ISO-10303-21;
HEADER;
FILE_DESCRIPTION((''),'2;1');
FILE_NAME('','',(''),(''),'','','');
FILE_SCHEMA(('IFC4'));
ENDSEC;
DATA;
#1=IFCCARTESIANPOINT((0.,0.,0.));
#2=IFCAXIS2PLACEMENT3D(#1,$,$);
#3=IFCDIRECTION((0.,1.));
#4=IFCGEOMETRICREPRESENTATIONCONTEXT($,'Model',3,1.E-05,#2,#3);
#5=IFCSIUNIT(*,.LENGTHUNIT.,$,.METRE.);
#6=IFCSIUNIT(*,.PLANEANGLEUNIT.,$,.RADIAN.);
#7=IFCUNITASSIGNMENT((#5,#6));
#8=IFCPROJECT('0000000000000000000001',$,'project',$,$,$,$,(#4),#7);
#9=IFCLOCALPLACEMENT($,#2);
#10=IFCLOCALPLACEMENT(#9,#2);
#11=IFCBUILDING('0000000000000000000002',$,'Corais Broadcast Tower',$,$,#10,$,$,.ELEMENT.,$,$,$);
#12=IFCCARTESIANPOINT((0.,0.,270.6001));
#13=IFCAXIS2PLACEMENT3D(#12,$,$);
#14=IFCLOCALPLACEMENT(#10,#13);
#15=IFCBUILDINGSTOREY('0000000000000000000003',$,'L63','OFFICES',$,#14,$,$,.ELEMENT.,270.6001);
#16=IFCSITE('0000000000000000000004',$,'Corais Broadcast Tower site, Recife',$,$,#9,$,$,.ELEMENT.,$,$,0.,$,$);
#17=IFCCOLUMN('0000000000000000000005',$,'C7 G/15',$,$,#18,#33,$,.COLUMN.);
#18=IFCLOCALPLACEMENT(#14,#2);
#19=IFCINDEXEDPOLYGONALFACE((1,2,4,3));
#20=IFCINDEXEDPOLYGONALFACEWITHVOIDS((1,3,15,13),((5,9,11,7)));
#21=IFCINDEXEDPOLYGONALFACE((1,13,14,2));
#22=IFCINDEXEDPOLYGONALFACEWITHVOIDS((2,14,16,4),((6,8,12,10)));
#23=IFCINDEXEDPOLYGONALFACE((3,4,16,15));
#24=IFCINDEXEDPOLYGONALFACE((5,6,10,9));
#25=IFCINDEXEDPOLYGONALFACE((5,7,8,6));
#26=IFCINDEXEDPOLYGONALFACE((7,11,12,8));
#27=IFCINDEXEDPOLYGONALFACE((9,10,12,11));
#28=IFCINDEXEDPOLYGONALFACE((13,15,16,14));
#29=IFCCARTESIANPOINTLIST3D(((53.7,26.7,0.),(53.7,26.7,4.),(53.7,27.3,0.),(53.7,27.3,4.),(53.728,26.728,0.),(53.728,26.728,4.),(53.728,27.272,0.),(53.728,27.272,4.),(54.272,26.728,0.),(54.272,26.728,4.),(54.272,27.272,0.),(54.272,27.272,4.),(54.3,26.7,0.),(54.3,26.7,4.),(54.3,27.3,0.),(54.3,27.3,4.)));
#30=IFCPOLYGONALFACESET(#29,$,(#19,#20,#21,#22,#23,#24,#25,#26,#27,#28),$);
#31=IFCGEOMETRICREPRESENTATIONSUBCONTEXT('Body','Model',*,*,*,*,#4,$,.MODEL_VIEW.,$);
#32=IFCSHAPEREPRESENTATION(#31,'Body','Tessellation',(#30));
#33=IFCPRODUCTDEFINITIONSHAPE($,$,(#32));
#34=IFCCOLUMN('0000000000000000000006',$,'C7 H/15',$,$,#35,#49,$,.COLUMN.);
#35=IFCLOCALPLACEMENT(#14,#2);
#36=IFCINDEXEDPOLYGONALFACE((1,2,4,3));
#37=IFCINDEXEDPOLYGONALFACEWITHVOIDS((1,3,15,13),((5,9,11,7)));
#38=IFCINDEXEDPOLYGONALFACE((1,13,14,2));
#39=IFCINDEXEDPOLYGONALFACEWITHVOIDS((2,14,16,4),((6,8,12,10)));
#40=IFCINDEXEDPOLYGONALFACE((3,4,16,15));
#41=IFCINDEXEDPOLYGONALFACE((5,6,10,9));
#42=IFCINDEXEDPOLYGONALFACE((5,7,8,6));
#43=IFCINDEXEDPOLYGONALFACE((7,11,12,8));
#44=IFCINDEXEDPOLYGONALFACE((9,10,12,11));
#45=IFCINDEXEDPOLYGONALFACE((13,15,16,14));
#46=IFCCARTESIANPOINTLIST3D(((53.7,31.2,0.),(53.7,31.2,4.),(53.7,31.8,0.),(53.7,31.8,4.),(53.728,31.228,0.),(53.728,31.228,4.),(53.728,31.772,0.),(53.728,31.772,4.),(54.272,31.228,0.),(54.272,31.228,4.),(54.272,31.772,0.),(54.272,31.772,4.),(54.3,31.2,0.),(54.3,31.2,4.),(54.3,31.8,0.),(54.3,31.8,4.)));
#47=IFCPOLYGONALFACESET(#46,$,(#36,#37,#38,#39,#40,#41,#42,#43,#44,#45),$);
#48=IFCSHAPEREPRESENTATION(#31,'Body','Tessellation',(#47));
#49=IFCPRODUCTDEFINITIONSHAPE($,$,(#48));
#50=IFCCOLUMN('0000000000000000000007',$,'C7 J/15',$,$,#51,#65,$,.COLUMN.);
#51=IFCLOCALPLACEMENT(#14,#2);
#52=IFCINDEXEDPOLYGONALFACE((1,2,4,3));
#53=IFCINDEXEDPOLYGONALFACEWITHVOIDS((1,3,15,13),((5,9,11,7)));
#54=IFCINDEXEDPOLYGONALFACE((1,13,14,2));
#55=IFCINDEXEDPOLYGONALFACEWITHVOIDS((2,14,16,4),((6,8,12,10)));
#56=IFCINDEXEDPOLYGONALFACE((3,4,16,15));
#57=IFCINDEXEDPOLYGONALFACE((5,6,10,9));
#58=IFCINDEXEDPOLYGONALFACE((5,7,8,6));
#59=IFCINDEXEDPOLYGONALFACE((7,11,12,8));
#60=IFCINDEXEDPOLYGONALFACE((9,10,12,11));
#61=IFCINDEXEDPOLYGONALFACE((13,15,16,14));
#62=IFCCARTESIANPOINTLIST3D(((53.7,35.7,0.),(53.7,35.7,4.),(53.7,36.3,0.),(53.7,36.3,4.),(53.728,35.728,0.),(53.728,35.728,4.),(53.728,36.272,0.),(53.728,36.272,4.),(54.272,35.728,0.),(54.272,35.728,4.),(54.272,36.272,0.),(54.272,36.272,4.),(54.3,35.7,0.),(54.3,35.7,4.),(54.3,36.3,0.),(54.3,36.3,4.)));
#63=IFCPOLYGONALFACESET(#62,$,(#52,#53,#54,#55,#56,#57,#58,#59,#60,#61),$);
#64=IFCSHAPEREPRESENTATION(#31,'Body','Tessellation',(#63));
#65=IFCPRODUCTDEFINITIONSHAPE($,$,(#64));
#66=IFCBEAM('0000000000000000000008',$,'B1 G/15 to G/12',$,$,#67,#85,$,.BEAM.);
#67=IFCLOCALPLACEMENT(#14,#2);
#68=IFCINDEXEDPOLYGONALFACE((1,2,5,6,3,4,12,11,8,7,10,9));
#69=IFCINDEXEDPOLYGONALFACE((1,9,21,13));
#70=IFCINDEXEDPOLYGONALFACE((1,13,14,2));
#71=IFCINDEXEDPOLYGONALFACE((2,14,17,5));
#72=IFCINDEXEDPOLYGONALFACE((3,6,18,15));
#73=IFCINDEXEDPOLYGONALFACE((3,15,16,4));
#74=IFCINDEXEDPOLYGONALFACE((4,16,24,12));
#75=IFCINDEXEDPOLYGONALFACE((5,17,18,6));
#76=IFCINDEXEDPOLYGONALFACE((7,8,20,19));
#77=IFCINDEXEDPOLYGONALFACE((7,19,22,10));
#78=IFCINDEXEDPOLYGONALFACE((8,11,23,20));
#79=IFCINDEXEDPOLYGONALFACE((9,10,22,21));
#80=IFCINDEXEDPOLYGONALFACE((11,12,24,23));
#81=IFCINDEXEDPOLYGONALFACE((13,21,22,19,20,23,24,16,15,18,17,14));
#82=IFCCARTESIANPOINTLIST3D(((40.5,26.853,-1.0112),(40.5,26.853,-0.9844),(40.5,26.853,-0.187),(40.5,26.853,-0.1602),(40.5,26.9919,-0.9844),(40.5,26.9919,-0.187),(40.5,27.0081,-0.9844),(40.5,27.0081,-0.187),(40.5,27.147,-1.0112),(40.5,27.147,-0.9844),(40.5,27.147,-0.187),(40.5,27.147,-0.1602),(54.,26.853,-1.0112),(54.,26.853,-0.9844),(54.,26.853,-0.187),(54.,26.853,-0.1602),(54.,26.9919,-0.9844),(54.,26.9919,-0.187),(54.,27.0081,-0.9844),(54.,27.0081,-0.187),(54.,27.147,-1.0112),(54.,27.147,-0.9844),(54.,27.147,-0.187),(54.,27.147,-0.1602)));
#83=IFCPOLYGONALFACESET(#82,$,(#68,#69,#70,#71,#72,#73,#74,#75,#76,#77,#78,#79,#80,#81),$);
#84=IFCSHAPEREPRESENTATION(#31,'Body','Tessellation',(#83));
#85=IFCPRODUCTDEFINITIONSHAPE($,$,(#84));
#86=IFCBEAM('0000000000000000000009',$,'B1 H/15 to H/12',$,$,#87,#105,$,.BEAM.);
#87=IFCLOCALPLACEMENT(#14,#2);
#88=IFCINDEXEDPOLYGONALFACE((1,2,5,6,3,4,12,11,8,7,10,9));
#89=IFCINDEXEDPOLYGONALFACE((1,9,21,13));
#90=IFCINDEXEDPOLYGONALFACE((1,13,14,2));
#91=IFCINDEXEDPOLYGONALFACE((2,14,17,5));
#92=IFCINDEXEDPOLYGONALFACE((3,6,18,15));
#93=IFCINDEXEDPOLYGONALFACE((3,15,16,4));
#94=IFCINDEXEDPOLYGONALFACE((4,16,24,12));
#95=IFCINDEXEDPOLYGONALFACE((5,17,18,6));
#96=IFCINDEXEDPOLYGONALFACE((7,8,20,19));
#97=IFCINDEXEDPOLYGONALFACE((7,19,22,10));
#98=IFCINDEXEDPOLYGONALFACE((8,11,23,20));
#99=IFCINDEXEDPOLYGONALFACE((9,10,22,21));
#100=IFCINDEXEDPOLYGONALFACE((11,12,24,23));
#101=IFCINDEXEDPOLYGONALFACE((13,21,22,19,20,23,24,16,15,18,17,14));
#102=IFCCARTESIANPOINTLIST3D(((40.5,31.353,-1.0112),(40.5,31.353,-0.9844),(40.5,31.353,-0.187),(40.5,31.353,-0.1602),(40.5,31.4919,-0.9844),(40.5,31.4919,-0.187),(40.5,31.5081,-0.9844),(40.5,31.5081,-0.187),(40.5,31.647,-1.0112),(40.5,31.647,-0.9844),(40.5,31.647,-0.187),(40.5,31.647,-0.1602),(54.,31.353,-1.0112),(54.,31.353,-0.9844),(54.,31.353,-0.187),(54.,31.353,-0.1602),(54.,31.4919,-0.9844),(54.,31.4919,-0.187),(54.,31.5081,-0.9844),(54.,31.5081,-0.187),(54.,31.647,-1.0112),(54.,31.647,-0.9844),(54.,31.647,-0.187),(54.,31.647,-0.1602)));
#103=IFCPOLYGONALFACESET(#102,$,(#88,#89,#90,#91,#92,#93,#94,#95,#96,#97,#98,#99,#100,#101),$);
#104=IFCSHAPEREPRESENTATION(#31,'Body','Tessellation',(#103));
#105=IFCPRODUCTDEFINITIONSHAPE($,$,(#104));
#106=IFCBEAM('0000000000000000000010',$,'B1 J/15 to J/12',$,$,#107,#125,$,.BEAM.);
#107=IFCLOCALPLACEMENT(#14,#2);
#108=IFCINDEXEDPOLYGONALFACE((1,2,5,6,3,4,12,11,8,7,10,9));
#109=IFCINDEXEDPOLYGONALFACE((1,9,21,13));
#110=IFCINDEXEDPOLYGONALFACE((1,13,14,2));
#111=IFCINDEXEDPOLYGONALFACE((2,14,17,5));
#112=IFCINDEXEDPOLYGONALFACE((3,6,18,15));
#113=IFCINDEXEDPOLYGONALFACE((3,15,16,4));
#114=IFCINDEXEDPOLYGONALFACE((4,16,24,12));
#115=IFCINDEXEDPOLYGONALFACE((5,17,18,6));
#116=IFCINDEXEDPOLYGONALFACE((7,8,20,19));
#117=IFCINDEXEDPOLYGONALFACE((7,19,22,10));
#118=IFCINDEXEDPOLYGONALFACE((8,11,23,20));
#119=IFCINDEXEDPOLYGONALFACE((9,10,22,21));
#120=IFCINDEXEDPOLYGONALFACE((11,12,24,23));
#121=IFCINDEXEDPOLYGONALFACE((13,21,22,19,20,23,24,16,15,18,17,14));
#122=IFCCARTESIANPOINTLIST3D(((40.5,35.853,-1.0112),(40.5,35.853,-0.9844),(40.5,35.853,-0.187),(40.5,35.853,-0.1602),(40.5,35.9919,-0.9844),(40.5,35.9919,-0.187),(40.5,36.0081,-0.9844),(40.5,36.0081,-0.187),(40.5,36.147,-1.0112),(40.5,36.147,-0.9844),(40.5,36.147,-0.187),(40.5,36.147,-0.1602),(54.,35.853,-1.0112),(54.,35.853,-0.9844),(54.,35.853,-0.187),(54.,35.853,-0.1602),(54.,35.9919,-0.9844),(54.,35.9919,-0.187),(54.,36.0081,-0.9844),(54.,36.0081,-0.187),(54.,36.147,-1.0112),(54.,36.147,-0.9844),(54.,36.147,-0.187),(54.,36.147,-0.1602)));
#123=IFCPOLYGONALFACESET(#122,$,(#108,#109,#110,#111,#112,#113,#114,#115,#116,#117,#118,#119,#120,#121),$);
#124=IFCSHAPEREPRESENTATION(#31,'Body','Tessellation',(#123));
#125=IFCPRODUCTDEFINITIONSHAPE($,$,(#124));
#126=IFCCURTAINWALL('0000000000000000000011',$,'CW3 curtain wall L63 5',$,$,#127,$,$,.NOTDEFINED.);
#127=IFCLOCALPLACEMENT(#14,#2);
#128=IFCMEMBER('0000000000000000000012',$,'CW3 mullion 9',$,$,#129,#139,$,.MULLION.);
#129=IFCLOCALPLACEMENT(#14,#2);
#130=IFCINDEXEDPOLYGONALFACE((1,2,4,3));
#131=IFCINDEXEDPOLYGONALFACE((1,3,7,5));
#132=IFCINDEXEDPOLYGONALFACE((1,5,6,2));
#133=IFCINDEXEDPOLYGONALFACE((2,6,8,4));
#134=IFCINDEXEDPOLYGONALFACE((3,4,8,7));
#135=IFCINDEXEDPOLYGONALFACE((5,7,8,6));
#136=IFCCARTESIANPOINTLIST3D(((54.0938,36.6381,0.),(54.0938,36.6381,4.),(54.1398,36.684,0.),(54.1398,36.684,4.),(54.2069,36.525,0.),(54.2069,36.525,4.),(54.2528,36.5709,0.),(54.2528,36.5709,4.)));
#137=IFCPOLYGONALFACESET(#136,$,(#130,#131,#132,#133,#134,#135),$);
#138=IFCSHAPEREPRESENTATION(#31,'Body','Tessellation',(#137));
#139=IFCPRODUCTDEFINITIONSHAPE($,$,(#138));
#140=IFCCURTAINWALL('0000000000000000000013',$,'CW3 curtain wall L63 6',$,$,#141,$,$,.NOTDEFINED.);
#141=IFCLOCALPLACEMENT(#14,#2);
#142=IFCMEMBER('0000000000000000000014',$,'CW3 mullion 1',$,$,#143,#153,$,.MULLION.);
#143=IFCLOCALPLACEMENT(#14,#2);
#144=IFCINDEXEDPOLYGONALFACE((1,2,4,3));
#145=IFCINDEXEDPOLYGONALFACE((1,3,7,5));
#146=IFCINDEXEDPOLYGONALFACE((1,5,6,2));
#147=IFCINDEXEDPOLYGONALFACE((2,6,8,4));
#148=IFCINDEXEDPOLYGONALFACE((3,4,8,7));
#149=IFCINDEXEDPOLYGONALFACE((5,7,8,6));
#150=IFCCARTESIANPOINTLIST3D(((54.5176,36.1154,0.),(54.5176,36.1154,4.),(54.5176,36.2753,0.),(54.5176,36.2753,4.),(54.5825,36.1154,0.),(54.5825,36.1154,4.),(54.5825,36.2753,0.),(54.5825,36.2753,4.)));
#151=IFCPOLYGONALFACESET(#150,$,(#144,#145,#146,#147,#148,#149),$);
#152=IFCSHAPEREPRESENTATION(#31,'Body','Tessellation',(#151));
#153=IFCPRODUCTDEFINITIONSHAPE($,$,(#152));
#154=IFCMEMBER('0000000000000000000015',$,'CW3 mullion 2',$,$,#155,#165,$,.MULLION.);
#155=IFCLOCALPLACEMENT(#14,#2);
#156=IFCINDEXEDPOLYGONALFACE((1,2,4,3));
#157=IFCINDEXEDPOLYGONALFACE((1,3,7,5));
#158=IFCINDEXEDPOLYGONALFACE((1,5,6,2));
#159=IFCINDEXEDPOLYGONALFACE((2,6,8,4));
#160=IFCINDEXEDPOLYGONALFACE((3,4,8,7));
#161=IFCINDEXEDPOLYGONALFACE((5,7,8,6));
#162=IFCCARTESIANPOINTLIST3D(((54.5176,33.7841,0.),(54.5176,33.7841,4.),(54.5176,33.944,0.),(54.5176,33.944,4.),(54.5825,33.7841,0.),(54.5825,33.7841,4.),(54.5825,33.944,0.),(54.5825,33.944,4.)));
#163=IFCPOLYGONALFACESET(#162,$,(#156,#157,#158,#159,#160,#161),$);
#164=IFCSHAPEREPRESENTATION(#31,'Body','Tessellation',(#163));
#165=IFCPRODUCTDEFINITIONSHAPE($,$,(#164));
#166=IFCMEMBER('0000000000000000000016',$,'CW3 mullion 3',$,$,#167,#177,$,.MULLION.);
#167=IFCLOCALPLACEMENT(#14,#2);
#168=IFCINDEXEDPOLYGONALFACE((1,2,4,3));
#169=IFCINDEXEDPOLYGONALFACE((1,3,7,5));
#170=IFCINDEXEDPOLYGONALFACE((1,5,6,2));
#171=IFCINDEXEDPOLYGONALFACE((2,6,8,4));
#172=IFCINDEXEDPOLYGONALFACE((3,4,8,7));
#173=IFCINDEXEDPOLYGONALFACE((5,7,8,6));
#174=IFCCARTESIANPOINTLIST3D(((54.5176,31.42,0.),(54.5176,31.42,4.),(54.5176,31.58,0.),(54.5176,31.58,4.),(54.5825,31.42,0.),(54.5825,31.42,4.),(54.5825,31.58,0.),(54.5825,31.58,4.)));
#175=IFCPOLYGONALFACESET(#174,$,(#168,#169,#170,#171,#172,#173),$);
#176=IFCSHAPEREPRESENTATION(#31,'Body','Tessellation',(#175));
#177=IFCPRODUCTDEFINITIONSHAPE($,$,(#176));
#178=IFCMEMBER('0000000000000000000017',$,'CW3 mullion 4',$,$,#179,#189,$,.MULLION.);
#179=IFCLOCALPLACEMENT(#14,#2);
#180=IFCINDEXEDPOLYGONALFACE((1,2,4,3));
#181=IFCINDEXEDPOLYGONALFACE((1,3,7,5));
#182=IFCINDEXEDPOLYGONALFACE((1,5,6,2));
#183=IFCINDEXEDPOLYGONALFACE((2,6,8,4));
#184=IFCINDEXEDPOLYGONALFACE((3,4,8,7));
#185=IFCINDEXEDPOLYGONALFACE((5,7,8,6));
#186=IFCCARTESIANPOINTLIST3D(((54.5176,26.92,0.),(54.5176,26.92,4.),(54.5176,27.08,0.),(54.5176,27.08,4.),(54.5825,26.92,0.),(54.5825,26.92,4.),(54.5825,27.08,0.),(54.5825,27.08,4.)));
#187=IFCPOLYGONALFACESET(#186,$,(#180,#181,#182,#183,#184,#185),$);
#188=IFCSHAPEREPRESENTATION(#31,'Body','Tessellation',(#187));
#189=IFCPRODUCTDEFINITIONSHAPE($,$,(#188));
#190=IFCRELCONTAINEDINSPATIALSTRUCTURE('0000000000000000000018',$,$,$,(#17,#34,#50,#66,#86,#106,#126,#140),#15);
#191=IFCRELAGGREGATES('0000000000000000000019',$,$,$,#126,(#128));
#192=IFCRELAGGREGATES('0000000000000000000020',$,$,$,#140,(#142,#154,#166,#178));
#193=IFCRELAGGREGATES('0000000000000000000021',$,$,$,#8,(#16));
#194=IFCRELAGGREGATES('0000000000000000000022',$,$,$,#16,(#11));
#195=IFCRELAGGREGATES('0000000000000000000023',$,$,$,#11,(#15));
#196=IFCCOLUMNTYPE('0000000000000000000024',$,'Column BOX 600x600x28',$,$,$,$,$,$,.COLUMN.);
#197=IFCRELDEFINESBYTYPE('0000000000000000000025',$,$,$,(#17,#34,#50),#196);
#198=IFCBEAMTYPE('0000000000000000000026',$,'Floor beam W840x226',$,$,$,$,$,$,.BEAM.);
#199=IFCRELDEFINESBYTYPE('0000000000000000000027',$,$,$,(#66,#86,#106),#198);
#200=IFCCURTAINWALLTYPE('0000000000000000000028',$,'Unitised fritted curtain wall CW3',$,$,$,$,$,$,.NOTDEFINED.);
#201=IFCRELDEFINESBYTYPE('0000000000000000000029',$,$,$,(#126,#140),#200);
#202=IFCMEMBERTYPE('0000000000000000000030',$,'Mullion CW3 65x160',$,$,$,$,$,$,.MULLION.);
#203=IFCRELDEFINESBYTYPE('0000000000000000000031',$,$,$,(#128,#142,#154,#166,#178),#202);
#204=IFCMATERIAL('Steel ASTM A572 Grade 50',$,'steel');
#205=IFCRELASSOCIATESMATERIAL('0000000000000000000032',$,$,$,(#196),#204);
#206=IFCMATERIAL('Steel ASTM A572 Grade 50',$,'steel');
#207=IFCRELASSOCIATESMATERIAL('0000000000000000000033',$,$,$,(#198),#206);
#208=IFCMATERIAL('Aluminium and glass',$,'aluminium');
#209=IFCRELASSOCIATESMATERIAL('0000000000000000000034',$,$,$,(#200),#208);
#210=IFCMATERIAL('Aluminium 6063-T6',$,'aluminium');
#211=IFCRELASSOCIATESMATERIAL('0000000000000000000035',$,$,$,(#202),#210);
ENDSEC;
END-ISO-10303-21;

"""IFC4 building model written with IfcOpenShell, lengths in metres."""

from ifc_helpers import new_model, si_unit, direction, frame, origin, origin_2d, place, context, subcontext, project, spatial, rectangle, hollow_rectangle, i_section, extrude, material, material_profile, profile_set, type_object, element, aggregate, save


model = new_model("IFC4")

# Units and contexts
model_context = context("Model", 3, precision=1e-05, world=origin(), true_north=direction((0.0, 1.0)))
body_context = subcontext(model_context, "Body", "Model", "MODEL_VIEW")
ifc_project = project(units=[si_unit("LENGTHUNIT", "METRE"), si_unit("PLANEANGLEUNIT", "RADIAN")], contexts=[model_context])

# Site, building, storey
site_placement = place(None, origin())
site = spatial("IfcSite", under=ifc_project, at=site_placement, Name="Corais Broadcast Tower site, Recife", CompositionType="ELEMENT", RefElevation=0.0)
building_placement = place(site_placement, origin())
building = spatial("IfcBuilding", under=site, at=building_placement, Name="Corais Broadcast Tower", CompositionType="ELEMENT")
storey_placement = place(building_placement, frame((0.0, 0.0, 270.6001)))
storey = spatial("IfcBuildingStorey", under=building, at=storey_placement, Name="L63", Description="OFFICES", CompositionType="ELEMENT", Elevation=270.6001)

# Columns
ifc_material_1 = material(Name="Steel ASTM A572 Grade 50", Category="steel")
ifc_material_profile_1 = material_profile(ifc_material_1, hollow_rectangle(XDim=0.6001, YDim=0.6001, WallThickness=0.0281, at=origin_2d()), Name="BOX 600x600x28")
ifc_profile_set_1 = profile_set([ifc_material_profile_1], Name="Steel ASTM A572 Grade 50")
column_type = type_object("IfcColumnType", Name="Column BOX 600x600x28", PredefinedType="COLUMN", material=ifc_profile_set_1)
for number, where, z_axis, x_axis, name in (
    (1, (54.0, 27.0, 0.0), (0.0, 0.0, 1.0), (1.0, 0.0, 0.0), "C7 G/15"),
    (2, (54.0, 31.5, 0.0), (0.0, 0.0, 1.0), (1.0, 0.0, 0.0), "C7 H/15"),
    (3, (54.0, 36.0, 0.0), (0.0, 0.0, 1.0), (1.0, 0.0, 0.0), "C7 J/15"),
):
    element("IfcColumn", number, at=place(storey_placement, frame(where, z_axis=z_axis, x_axis=x_axis)), inside=storey, type_object=column_type, Name=name, PredefinedType="COLUMN", context=body_context, shape_type="SweptSolid", body=[
        extrude(hollow_rectangle(XDim=0.6001, YDim=0.6001, WallThickness=0.0281, at=origin_2d()), origin(), (0.0, 0.0, 1.0), 4.0),
    ])

# Beams
ifc_material_2 = material(Name="Steel ASTM A572 Grade 50", Category="steel")
ifc_material_profile_2 = material_profile(ifc_material_2, i_section(OverallWidth=0.2939, OverallDepth=0.8511, WebThickness=0.0161, FlangeThickness=0.0269, at=origin_2d()), Name="W840x226")
ifc_profile_set_2 = profile_set([ifc_material_profile_2], Name="Steel ASTM A572 Grade 50")
beam_type_1 = type_object("IfcBeamType", Name="Floor beam W840x226", PredefinedType="BEAM", material=ifc_profile_set_2)
for number, where, z_axis, x_axis, name in (
    (4, (54.0, 27.0, -0.5857), (-1.0, 0.0, 0.0), (0.0, -1.0, 0.0), "B1 G/15 to G/12"),
    (5, (54.0, 31.5, -0.5857), (-1.0, 0.0, 0.0), (0.0, -1.0, 0.0), "B1 H/15 to H/12"),
    (6, (54.0, 36.0, -0.5857), (-1.0, 0.0, 0.0), (0.0, -1.0, 0.0), "B1 J/15 to J/12"),
):
    element("IfcBeam", number, at=place(storey_placement, frame(where, z_axis=z_axis, x_axis=x_axis)), inside=storey, type_object=beam_type_1, Name=name, PredefinedType="BEAM", context=body_context, shape_type="SweptSolid", body=[
        extrude(i_section(OverallWidth=0.2939, OverallDepth=0.8511, WebThickness=0.0161, FlangeThickness=0.0269, at=origin_2d()), origin(), (0.0, 0.0, 1.0), 13.5),
    ])

# Curtain wall, member
ifc_material_3 = material(Name="Aluminium and glass", Category="aluminium")
curtain_wall_type = type_object("IfcCurtainWallType", Name="Unitised fritted curtain wall CW3", PredefinedType="NOTDEFINED", material=ifc_material_3)
curtain_wall_1_placement = place(storey_placement, origin())
curtain_wall_1 = element("IfcCurtainWall", 7, at=curtain_wall_1_placement, inside=storey, type_object=curtain_wall_type, Name="CW3 curtain wall L63 5", PredefinedType="NOTDEFINED")
ifc_material_4 = material(Name="Aluminium 6063-T6", Category="aluminium")
ifc_material_profile_3 = material_profile(ifc_material_4, rectangle(XDim=0.0649, YDim=0.1599, at=origin_2d()), Name="Mullion CW3 65x160")
ifc_profile_set_3 = profile_set([ifc_material_profile_3], Name="Aluminium 6063-T6")
member_type_1 = type_object("IfcMemberType", Name="Mullion CW3 65x160", PredefinedType="MULLION", material=ifc_profile_set_3)
member_1_placement = place(storey_placement, frame((54.1733, 36.6045, 0.0), z_axis=(0.0, 0.0, 1.0), x_axis=(0.707107, 0.707107, 0.0)))
member_1 = element("IfcMember", 8, at=member_1_placement, type_object=member_type_1, Name="CW3 mullion 9", PredefinedType="MULLION", context=body_context, shape_type="SweptSolid", body=[
    extrude(rectangle(XDim=0.0649, YDim=0.1599, at=origin_2d()), origin(), (0.0, 0.0, 1.0), 4.0),
])

# Curtain wall, members
curtain_wall_2_placement = place(storey_placement, origin())
curtain_wall_2 = element("IfcCurtainWall", 9, at=curtain_wall_2_placement, inside=storey, type_object=curtain_wall_type, Name="CW3 curtain wall L63 6", PredefinedType="NOTDEFINED")
member_2_placement = place(storey_placement, frame((54.55, 36.1953, 0.0), z_axis=(0.0, 0.0, 1.0), x_axis=(1.0, 0.0, 0.0)))
member_2 = element("IfcMember", 10, at=member_2_placement, type_object=member_type_1, Name="CW3 mullion 1", PredefinedType="MULLION", context=body_context, shape_type="SweptSolid", body=[
    extrude(rectangle(XDim=0.0649, YDim=0.1599, at=origin_2d()), origin(), (0.0, 0.0, 1.0), 4.0),
])
member_3_placement = place(storey_placement, frame((54.55, 33.864, 0.0), z_axis=(0.0, 0.0, 1.0), x_axis=(1.0, 0.0, 0.0)))
member_3 = element("IfcMember", 11, at=member_3_placement, type_object=member_type_1, Name="CW3 mullion 2", PredefinedType="MULLION", context=body_context, shape_type="SweptSolid", body=[
    extrude(rectangle(XDim=0.0649, YDim=0.1599, at=origin_2d()), origin(), (0.0, 0.0, 1.0), 4.0),
])
member_4_placement = place(storey_placement, frame((54.55, 31.5, 0.0), z_axis=(0.0, 0.0, 1.0), x_axis=(1.0, 0.0, 0.0)))
member_4 = element("IfcMember", 12, at=member_4_placement, type_object=member_type_1, Name="CW3 mullion 3", PredefinedType="MULLION", context=body_context, shape_type="SweptSolid", body=[
    extrude(rectangle(XDim=0.0649, YDim=0.1599, at=origin_2d()), origin(), (0.0, 0.0, 1.0), 4.0),
])
member_5_placement = place(storey_placement, frame((54.55, 27.0, 0.0), z_axis=(0.0, 0.0, 1.0), x_axis=(1.0, 0.0, 0.0)))
member_5 = element("IfcMember", 13, at=member_5_placement, type_object=member_type_1, Name="CW3 mullion 4", PredefinedType="MULLION", context=body_context, shape_type="SweptSolid", body=[
    extrude(rectangle(XDim=0.0649, YDim=0.1599, at=origin_2d()), origin(), (0.0, 0.0, 1.0), 4.0),
])

aggregate(curtain_wall_1, [member_1])
aggregate(curtain_wall_2, [member_2, member_3, member_4, member_5])

save(model, "model.ifc")
